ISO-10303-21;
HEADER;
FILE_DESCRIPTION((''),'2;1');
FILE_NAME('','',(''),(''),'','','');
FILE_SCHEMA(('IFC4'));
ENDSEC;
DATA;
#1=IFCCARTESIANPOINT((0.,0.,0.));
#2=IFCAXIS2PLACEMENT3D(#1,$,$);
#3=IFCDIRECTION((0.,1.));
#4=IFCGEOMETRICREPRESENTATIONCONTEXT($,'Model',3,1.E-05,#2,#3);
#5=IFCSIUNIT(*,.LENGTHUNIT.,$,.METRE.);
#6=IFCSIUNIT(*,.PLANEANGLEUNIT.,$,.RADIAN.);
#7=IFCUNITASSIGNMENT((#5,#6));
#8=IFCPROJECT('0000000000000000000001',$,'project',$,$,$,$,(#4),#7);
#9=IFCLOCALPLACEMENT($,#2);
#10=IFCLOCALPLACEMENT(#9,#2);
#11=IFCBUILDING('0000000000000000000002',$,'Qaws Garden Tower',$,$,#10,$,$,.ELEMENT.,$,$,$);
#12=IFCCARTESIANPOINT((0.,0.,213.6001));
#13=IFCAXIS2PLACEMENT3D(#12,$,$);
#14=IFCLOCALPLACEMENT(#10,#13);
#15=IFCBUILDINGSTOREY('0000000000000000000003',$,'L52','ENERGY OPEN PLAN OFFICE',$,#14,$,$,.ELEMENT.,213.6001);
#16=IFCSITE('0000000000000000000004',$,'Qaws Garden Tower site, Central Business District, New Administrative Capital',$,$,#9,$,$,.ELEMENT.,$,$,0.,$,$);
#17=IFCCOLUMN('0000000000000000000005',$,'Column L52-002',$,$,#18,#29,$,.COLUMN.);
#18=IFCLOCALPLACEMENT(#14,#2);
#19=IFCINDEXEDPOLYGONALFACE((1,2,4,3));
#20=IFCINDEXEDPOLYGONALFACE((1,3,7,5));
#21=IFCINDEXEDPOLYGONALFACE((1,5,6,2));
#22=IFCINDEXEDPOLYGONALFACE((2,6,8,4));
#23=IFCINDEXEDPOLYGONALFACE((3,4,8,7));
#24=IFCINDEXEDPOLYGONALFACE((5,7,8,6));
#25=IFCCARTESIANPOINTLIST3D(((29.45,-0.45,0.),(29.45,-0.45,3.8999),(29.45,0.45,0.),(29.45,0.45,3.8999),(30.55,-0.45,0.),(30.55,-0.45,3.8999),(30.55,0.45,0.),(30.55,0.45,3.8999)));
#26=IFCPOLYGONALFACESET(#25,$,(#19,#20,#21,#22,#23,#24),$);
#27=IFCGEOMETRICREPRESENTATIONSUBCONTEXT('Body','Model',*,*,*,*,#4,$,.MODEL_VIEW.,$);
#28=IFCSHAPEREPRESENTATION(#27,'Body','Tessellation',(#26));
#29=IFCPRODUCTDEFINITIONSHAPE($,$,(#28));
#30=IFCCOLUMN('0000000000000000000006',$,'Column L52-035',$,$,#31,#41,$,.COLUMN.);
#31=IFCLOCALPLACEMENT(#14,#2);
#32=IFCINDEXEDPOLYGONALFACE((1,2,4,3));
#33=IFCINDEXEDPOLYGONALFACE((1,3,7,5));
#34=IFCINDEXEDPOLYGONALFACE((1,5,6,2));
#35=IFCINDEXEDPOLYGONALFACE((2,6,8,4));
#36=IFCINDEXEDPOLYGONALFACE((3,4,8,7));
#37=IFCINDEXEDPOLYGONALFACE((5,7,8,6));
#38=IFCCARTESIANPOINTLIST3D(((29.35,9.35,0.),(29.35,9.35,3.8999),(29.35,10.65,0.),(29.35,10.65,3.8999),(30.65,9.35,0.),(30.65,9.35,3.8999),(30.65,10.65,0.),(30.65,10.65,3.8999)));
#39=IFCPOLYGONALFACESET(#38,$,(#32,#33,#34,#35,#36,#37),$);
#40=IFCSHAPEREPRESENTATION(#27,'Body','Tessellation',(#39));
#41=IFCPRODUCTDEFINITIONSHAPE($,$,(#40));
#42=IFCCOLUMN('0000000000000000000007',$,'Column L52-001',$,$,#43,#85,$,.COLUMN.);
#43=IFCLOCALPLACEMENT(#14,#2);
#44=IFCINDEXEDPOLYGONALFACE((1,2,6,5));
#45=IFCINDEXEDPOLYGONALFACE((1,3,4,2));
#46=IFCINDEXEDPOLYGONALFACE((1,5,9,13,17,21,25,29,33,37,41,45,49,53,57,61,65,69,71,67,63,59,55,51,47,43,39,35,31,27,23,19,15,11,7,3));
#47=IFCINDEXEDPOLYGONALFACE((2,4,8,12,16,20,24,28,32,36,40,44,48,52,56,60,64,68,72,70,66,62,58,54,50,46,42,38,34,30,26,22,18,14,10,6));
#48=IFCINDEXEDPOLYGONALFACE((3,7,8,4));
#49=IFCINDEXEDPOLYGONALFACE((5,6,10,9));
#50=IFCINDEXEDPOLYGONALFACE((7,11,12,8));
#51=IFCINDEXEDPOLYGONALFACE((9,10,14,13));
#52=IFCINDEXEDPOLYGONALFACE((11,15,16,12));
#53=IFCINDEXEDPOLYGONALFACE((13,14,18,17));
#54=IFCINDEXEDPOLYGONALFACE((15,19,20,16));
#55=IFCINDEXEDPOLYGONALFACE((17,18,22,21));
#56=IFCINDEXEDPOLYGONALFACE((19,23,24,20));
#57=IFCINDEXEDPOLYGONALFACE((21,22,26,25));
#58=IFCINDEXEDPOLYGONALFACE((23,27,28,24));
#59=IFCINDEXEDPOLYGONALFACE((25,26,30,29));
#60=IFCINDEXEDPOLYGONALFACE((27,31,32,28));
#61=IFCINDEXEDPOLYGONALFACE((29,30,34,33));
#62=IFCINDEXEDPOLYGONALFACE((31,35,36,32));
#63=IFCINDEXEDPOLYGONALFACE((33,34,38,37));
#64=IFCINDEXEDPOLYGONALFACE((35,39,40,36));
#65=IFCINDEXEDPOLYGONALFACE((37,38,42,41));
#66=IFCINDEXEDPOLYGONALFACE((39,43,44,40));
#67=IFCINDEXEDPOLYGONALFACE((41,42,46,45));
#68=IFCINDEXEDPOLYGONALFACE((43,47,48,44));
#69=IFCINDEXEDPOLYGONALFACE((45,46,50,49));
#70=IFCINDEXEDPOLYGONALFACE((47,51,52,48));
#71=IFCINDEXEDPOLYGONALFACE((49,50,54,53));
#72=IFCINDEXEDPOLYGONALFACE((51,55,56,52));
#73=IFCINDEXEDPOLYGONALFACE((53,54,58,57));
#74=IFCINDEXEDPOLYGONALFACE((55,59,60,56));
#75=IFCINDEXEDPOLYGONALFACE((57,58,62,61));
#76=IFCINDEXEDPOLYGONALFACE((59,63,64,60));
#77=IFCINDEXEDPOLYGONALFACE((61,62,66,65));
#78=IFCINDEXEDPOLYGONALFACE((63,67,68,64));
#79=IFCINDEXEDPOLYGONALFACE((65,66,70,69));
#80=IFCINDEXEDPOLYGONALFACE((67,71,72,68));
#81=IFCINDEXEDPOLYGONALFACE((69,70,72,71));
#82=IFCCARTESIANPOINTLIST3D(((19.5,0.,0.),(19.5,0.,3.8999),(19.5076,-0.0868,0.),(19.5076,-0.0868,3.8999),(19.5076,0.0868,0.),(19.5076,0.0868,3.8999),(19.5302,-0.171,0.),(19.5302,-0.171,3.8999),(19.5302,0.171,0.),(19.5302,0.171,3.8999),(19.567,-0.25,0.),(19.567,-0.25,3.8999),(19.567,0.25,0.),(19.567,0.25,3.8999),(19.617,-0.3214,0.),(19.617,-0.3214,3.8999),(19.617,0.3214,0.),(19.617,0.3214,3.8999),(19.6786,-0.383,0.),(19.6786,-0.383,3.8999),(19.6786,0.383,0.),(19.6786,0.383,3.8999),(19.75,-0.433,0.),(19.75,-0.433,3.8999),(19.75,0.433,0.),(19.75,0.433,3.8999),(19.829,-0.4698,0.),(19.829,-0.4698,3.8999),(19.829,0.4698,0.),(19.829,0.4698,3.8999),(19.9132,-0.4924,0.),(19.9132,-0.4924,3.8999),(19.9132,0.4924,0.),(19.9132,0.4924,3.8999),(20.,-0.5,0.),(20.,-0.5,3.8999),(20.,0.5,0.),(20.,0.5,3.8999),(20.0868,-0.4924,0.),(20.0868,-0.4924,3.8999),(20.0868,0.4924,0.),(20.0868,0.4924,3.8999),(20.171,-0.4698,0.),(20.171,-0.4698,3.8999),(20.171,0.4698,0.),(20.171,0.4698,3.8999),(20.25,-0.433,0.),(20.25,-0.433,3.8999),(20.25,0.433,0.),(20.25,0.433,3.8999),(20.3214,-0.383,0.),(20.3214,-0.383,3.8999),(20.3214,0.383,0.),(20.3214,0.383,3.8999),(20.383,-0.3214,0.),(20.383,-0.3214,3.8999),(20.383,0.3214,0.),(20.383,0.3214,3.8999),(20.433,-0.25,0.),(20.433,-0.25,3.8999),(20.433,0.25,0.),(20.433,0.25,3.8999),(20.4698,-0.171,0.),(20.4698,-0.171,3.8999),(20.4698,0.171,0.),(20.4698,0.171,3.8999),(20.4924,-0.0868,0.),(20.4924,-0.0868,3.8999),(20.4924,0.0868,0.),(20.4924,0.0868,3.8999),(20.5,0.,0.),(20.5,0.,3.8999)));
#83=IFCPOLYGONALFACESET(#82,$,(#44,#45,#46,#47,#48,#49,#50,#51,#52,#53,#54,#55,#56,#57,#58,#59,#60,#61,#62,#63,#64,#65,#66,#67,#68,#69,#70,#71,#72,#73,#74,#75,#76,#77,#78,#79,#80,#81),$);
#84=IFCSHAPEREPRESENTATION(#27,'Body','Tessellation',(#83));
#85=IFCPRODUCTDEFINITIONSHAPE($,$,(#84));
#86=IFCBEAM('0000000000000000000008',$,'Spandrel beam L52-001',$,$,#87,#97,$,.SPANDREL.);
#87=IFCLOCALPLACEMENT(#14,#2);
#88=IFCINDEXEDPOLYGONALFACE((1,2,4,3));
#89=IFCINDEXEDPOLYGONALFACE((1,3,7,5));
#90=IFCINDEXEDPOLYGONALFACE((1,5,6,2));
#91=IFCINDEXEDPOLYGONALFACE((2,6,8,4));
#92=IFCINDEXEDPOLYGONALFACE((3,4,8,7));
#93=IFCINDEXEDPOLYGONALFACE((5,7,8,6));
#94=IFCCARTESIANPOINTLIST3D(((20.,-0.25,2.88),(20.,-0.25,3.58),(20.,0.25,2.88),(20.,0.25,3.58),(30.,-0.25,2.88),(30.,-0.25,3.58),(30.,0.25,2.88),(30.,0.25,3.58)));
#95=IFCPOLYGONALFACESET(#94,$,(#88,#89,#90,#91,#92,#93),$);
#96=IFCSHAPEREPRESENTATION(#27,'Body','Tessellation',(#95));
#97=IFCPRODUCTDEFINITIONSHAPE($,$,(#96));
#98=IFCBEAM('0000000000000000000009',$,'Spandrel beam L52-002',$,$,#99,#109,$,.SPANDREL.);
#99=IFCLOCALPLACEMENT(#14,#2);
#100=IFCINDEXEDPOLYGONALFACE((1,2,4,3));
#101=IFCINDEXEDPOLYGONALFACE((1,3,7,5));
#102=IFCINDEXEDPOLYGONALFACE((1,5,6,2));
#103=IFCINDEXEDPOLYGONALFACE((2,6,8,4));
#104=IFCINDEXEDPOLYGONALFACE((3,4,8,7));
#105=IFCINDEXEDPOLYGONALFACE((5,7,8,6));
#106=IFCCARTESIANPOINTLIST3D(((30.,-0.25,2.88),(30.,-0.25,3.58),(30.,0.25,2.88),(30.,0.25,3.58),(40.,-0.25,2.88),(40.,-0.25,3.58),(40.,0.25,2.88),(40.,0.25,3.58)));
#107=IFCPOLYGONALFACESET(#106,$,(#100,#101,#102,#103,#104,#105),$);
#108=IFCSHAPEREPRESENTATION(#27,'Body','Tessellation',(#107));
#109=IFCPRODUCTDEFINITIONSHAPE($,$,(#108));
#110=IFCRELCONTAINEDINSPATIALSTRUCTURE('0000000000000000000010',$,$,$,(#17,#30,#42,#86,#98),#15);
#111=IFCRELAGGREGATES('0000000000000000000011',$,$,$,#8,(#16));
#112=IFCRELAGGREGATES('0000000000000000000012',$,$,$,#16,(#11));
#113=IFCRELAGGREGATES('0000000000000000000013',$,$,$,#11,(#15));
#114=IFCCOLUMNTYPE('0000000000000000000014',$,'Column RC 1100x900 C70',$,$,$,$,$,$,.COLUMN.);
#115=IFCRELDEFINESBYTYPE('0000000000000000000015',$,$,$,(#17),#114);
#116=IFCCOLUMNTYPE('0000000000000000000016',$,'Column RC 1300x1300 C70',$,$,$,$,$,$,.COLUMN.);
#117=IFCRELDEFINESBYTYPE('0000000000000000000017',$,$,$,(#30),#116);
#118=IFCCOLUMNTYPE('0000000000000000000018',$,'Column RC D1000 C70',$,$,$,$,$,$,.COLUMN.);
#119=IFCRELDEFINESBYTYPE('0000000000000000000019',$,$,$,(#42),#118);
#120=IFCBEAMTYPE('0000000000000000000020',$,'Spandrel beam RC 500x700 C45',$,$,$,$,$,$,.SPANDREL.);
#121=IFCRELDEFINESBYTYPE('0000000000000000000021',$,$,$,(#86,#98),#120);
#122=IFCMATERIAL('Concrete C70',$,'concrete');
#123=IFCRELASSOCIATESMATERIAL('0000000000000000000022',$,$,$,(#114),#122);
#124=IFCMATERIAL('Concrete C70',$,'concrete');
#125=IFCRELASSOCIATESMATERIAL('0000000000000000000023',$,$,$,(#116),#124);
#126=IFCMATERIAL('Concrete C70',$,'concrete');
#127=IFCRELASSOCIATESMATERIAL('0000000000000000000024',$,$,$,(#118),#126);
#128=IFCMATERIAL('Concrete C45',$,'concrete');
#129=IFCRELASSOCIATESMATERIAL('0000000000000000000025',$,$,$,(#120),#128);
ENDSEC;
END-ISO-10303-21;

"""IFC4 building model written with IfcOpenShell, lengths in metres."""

from ifc_helpers import new_model, si_unit, direction, frame, origin, origin_2d, place, context, subcontext, project, spatial, rectangle, circle, extrude, material, material_profile, profile_set, type_object, element, save


model = new_model("IFC4")

# Units and contexts
model_context = context("Model", 3, precision=1e-05, world=origin(), true_north=direction((0.0, 1.0)))
body_context = subcontext(model_context, "Body", "Model", "MODEL_VIEW")
ifc_project = project(units=[si_unit("LENGTHUNIT", "METRE"), si_unit("PLANEANGLEUNIT", "RADIAN")], contexts=[model_context])

# Site, building, storey
site_placement = place(None, origin())
site = spatial("IfcSite", under=ifc_project, at=site_placement, Name="Qaws Garden Tower site, Central Business District, New Administrative Capital", CompositionType="ELEMENT", RefElevation=0.0)
building_placement = place(site_placement, origin())
building = spatial("IfcBuilding", under=site, at=building_placement, Name="Qaws Garden Tower", CompositionType="ELEMENT")
storey_placement = place(building_placement, frame((0.0, 0.0, 213.6001)))
storey = spatial("IfcBuildingStorey", under=building, at=storey_placement, Name="L52", Description="ENERGY OPEN PLAN OFFICE", CompositionType="ELEMENT", Elevation=213.6001)

# Columns
ifc_material_1 = material(Name="Concrete C70", Category="concrete")
ifc_material_profile_1 = material_profile(ifc_material_1, rectangle(XDim=1.1001, YDim=0.8999, at=origin_2d()), Name="RC 1100x900")
ifc_profile_set_1 = profile_set([ifc_material_profile_1], Name="Concrete C70")
column_type_1 = type_object("IfcColumnType", Name="Column RC 1100x900 C70", PredefinedType="COLUMN", material=ifc_profile_set_1)
column_1_placement = place(storey_placement, frame((30.0, 0.0, 0.0), z_axis=(0.0, 0.0, 1.0), x_axis=(1.0, 0.0, 0.0)))
element("IfcColumn", 1, at=column_1_placement, inside=storey, type_object=column_type_1, Name="Column L52-002", PredefinedType="COLUMN", context=body_context, shape_type="SweptSolid", body=[
    extrude(rectangle(XDim=1.1001, YDim=0.8999, at=origin_2d()), origin(), (0.0, 0.0, 1.0), 3.8999),
])
ifc_material_2 = material(Name="Concrete C70", Category="concrete")
ifc_material_profile_2 = material_profile(ifc_material_2, rectangle(XDim=1.3, YDim=1.3, at=origin_2d()), Name="RC 1300x1300")
ifc_profile_set_2 = profile_set([ifc_material_profile_2], Name="Concrete C70")
column_type_2 = type_object("IfcColumnType", Name="Column RC 1300x1300 C70", PredefinedType="COLUMN", material=ifc_profile_set_2)
column_2_placement = place(storey_placement, frame((30.0, 10.0, 0.0), z_axis=(0.0, 0.0, 1.0), x_axis=(1.0, 0.0, 0.0)))
element("IfcColumn", 2, at=column_2_placement, inside=storey, type_object=column_type_2, Name="Column L52-035", PredefinedType="COLUMN", context=body_context, shape_type="SweptSolid", body=[
    extrude(rectangle(XDim=1.3, YDim=1.3, at=origin_2d()), origin(), (0.0, 0.0, 1.0), 3.8999),
])
ifc_material_3 = material(Name="Concrete C70", Category="concrete")
ifc_material_profile_3 = material_profile(ifc_material_3, circle(Radius=0.5, at=origin_2d()), Name="RC D1000")
ifc_profile_set_3 = profile_set([ifc_material_profile_3], Name="Concrete C70")
column_type_3 = type_object("IfcColumnType", Name="Column RC D1000 C70", PredefinedType="COLUMN", material=ifc_profile_set_3)
column_3_placement = place(storey_placement, frame((20.0, 0.0, 0.0), z_axis=(0.0, 0.0, 1.0), x_axis=(1.0, 0.0, 0.0)))
element("IfcColumn", 3, at=column_3_placement, inside=storey, type_object=column_type_3, Name="Column L52-001", PredefinedType="COLUMN", context=body_context, shape_type="SweptSolid", body=[
    extrude(circle(Radius=0.5, at=origin_2d()), origin(), (0.0, 0.0, 1.0), 3.8999),
])

# Beams
ifc_material_4 = material(Name="Concrete C45", Category="concrete")
ifc_material_profile_4 = material_profile(ifc_material_4, rectangle(XDim=0.5, YDim=0.7, at=origin_2d()), Name="RC 500x700")
ifc_profile_set_4 = profile_set([ifc_material_profile_4], Name="Concrete C45")
beam_type = type_object("IfcBeamType", Name="Spandrel beam RC 500x700 C45", PredefinedType="SPANDREL", material=ifc_profile_set_4)
for number, where, z_axis, x_axis, name in (
    (4, (20.0, 0.0, 3.23), (1.0, 0.0, 0.0), (0.0, 1.0, 0.0), "Spandrel beam L52-001"),
    (5, (30.0, 0.0, 3.23), (1.0, 0.0, 0.0), (0.0, 1.0, 0.0), "Spandrel beam L52-002"),
):
    element("IfcBeam", number, at=place(storey_placement, frame(where, z_axis=z_axis, x_axis=x_axis)), inside=storey, type_object=beam_type, Name=name, PredefinedType="SPANDREL", context=body_context, shape_type="SweptSolid", body=[
        extrude(rectangle(XDim=0.5, YDim=0.7, at=origin_2d()), origin(), (0.0, 0.0, 1.0), 10.0),
    ])

save(model, "model.ifc")
